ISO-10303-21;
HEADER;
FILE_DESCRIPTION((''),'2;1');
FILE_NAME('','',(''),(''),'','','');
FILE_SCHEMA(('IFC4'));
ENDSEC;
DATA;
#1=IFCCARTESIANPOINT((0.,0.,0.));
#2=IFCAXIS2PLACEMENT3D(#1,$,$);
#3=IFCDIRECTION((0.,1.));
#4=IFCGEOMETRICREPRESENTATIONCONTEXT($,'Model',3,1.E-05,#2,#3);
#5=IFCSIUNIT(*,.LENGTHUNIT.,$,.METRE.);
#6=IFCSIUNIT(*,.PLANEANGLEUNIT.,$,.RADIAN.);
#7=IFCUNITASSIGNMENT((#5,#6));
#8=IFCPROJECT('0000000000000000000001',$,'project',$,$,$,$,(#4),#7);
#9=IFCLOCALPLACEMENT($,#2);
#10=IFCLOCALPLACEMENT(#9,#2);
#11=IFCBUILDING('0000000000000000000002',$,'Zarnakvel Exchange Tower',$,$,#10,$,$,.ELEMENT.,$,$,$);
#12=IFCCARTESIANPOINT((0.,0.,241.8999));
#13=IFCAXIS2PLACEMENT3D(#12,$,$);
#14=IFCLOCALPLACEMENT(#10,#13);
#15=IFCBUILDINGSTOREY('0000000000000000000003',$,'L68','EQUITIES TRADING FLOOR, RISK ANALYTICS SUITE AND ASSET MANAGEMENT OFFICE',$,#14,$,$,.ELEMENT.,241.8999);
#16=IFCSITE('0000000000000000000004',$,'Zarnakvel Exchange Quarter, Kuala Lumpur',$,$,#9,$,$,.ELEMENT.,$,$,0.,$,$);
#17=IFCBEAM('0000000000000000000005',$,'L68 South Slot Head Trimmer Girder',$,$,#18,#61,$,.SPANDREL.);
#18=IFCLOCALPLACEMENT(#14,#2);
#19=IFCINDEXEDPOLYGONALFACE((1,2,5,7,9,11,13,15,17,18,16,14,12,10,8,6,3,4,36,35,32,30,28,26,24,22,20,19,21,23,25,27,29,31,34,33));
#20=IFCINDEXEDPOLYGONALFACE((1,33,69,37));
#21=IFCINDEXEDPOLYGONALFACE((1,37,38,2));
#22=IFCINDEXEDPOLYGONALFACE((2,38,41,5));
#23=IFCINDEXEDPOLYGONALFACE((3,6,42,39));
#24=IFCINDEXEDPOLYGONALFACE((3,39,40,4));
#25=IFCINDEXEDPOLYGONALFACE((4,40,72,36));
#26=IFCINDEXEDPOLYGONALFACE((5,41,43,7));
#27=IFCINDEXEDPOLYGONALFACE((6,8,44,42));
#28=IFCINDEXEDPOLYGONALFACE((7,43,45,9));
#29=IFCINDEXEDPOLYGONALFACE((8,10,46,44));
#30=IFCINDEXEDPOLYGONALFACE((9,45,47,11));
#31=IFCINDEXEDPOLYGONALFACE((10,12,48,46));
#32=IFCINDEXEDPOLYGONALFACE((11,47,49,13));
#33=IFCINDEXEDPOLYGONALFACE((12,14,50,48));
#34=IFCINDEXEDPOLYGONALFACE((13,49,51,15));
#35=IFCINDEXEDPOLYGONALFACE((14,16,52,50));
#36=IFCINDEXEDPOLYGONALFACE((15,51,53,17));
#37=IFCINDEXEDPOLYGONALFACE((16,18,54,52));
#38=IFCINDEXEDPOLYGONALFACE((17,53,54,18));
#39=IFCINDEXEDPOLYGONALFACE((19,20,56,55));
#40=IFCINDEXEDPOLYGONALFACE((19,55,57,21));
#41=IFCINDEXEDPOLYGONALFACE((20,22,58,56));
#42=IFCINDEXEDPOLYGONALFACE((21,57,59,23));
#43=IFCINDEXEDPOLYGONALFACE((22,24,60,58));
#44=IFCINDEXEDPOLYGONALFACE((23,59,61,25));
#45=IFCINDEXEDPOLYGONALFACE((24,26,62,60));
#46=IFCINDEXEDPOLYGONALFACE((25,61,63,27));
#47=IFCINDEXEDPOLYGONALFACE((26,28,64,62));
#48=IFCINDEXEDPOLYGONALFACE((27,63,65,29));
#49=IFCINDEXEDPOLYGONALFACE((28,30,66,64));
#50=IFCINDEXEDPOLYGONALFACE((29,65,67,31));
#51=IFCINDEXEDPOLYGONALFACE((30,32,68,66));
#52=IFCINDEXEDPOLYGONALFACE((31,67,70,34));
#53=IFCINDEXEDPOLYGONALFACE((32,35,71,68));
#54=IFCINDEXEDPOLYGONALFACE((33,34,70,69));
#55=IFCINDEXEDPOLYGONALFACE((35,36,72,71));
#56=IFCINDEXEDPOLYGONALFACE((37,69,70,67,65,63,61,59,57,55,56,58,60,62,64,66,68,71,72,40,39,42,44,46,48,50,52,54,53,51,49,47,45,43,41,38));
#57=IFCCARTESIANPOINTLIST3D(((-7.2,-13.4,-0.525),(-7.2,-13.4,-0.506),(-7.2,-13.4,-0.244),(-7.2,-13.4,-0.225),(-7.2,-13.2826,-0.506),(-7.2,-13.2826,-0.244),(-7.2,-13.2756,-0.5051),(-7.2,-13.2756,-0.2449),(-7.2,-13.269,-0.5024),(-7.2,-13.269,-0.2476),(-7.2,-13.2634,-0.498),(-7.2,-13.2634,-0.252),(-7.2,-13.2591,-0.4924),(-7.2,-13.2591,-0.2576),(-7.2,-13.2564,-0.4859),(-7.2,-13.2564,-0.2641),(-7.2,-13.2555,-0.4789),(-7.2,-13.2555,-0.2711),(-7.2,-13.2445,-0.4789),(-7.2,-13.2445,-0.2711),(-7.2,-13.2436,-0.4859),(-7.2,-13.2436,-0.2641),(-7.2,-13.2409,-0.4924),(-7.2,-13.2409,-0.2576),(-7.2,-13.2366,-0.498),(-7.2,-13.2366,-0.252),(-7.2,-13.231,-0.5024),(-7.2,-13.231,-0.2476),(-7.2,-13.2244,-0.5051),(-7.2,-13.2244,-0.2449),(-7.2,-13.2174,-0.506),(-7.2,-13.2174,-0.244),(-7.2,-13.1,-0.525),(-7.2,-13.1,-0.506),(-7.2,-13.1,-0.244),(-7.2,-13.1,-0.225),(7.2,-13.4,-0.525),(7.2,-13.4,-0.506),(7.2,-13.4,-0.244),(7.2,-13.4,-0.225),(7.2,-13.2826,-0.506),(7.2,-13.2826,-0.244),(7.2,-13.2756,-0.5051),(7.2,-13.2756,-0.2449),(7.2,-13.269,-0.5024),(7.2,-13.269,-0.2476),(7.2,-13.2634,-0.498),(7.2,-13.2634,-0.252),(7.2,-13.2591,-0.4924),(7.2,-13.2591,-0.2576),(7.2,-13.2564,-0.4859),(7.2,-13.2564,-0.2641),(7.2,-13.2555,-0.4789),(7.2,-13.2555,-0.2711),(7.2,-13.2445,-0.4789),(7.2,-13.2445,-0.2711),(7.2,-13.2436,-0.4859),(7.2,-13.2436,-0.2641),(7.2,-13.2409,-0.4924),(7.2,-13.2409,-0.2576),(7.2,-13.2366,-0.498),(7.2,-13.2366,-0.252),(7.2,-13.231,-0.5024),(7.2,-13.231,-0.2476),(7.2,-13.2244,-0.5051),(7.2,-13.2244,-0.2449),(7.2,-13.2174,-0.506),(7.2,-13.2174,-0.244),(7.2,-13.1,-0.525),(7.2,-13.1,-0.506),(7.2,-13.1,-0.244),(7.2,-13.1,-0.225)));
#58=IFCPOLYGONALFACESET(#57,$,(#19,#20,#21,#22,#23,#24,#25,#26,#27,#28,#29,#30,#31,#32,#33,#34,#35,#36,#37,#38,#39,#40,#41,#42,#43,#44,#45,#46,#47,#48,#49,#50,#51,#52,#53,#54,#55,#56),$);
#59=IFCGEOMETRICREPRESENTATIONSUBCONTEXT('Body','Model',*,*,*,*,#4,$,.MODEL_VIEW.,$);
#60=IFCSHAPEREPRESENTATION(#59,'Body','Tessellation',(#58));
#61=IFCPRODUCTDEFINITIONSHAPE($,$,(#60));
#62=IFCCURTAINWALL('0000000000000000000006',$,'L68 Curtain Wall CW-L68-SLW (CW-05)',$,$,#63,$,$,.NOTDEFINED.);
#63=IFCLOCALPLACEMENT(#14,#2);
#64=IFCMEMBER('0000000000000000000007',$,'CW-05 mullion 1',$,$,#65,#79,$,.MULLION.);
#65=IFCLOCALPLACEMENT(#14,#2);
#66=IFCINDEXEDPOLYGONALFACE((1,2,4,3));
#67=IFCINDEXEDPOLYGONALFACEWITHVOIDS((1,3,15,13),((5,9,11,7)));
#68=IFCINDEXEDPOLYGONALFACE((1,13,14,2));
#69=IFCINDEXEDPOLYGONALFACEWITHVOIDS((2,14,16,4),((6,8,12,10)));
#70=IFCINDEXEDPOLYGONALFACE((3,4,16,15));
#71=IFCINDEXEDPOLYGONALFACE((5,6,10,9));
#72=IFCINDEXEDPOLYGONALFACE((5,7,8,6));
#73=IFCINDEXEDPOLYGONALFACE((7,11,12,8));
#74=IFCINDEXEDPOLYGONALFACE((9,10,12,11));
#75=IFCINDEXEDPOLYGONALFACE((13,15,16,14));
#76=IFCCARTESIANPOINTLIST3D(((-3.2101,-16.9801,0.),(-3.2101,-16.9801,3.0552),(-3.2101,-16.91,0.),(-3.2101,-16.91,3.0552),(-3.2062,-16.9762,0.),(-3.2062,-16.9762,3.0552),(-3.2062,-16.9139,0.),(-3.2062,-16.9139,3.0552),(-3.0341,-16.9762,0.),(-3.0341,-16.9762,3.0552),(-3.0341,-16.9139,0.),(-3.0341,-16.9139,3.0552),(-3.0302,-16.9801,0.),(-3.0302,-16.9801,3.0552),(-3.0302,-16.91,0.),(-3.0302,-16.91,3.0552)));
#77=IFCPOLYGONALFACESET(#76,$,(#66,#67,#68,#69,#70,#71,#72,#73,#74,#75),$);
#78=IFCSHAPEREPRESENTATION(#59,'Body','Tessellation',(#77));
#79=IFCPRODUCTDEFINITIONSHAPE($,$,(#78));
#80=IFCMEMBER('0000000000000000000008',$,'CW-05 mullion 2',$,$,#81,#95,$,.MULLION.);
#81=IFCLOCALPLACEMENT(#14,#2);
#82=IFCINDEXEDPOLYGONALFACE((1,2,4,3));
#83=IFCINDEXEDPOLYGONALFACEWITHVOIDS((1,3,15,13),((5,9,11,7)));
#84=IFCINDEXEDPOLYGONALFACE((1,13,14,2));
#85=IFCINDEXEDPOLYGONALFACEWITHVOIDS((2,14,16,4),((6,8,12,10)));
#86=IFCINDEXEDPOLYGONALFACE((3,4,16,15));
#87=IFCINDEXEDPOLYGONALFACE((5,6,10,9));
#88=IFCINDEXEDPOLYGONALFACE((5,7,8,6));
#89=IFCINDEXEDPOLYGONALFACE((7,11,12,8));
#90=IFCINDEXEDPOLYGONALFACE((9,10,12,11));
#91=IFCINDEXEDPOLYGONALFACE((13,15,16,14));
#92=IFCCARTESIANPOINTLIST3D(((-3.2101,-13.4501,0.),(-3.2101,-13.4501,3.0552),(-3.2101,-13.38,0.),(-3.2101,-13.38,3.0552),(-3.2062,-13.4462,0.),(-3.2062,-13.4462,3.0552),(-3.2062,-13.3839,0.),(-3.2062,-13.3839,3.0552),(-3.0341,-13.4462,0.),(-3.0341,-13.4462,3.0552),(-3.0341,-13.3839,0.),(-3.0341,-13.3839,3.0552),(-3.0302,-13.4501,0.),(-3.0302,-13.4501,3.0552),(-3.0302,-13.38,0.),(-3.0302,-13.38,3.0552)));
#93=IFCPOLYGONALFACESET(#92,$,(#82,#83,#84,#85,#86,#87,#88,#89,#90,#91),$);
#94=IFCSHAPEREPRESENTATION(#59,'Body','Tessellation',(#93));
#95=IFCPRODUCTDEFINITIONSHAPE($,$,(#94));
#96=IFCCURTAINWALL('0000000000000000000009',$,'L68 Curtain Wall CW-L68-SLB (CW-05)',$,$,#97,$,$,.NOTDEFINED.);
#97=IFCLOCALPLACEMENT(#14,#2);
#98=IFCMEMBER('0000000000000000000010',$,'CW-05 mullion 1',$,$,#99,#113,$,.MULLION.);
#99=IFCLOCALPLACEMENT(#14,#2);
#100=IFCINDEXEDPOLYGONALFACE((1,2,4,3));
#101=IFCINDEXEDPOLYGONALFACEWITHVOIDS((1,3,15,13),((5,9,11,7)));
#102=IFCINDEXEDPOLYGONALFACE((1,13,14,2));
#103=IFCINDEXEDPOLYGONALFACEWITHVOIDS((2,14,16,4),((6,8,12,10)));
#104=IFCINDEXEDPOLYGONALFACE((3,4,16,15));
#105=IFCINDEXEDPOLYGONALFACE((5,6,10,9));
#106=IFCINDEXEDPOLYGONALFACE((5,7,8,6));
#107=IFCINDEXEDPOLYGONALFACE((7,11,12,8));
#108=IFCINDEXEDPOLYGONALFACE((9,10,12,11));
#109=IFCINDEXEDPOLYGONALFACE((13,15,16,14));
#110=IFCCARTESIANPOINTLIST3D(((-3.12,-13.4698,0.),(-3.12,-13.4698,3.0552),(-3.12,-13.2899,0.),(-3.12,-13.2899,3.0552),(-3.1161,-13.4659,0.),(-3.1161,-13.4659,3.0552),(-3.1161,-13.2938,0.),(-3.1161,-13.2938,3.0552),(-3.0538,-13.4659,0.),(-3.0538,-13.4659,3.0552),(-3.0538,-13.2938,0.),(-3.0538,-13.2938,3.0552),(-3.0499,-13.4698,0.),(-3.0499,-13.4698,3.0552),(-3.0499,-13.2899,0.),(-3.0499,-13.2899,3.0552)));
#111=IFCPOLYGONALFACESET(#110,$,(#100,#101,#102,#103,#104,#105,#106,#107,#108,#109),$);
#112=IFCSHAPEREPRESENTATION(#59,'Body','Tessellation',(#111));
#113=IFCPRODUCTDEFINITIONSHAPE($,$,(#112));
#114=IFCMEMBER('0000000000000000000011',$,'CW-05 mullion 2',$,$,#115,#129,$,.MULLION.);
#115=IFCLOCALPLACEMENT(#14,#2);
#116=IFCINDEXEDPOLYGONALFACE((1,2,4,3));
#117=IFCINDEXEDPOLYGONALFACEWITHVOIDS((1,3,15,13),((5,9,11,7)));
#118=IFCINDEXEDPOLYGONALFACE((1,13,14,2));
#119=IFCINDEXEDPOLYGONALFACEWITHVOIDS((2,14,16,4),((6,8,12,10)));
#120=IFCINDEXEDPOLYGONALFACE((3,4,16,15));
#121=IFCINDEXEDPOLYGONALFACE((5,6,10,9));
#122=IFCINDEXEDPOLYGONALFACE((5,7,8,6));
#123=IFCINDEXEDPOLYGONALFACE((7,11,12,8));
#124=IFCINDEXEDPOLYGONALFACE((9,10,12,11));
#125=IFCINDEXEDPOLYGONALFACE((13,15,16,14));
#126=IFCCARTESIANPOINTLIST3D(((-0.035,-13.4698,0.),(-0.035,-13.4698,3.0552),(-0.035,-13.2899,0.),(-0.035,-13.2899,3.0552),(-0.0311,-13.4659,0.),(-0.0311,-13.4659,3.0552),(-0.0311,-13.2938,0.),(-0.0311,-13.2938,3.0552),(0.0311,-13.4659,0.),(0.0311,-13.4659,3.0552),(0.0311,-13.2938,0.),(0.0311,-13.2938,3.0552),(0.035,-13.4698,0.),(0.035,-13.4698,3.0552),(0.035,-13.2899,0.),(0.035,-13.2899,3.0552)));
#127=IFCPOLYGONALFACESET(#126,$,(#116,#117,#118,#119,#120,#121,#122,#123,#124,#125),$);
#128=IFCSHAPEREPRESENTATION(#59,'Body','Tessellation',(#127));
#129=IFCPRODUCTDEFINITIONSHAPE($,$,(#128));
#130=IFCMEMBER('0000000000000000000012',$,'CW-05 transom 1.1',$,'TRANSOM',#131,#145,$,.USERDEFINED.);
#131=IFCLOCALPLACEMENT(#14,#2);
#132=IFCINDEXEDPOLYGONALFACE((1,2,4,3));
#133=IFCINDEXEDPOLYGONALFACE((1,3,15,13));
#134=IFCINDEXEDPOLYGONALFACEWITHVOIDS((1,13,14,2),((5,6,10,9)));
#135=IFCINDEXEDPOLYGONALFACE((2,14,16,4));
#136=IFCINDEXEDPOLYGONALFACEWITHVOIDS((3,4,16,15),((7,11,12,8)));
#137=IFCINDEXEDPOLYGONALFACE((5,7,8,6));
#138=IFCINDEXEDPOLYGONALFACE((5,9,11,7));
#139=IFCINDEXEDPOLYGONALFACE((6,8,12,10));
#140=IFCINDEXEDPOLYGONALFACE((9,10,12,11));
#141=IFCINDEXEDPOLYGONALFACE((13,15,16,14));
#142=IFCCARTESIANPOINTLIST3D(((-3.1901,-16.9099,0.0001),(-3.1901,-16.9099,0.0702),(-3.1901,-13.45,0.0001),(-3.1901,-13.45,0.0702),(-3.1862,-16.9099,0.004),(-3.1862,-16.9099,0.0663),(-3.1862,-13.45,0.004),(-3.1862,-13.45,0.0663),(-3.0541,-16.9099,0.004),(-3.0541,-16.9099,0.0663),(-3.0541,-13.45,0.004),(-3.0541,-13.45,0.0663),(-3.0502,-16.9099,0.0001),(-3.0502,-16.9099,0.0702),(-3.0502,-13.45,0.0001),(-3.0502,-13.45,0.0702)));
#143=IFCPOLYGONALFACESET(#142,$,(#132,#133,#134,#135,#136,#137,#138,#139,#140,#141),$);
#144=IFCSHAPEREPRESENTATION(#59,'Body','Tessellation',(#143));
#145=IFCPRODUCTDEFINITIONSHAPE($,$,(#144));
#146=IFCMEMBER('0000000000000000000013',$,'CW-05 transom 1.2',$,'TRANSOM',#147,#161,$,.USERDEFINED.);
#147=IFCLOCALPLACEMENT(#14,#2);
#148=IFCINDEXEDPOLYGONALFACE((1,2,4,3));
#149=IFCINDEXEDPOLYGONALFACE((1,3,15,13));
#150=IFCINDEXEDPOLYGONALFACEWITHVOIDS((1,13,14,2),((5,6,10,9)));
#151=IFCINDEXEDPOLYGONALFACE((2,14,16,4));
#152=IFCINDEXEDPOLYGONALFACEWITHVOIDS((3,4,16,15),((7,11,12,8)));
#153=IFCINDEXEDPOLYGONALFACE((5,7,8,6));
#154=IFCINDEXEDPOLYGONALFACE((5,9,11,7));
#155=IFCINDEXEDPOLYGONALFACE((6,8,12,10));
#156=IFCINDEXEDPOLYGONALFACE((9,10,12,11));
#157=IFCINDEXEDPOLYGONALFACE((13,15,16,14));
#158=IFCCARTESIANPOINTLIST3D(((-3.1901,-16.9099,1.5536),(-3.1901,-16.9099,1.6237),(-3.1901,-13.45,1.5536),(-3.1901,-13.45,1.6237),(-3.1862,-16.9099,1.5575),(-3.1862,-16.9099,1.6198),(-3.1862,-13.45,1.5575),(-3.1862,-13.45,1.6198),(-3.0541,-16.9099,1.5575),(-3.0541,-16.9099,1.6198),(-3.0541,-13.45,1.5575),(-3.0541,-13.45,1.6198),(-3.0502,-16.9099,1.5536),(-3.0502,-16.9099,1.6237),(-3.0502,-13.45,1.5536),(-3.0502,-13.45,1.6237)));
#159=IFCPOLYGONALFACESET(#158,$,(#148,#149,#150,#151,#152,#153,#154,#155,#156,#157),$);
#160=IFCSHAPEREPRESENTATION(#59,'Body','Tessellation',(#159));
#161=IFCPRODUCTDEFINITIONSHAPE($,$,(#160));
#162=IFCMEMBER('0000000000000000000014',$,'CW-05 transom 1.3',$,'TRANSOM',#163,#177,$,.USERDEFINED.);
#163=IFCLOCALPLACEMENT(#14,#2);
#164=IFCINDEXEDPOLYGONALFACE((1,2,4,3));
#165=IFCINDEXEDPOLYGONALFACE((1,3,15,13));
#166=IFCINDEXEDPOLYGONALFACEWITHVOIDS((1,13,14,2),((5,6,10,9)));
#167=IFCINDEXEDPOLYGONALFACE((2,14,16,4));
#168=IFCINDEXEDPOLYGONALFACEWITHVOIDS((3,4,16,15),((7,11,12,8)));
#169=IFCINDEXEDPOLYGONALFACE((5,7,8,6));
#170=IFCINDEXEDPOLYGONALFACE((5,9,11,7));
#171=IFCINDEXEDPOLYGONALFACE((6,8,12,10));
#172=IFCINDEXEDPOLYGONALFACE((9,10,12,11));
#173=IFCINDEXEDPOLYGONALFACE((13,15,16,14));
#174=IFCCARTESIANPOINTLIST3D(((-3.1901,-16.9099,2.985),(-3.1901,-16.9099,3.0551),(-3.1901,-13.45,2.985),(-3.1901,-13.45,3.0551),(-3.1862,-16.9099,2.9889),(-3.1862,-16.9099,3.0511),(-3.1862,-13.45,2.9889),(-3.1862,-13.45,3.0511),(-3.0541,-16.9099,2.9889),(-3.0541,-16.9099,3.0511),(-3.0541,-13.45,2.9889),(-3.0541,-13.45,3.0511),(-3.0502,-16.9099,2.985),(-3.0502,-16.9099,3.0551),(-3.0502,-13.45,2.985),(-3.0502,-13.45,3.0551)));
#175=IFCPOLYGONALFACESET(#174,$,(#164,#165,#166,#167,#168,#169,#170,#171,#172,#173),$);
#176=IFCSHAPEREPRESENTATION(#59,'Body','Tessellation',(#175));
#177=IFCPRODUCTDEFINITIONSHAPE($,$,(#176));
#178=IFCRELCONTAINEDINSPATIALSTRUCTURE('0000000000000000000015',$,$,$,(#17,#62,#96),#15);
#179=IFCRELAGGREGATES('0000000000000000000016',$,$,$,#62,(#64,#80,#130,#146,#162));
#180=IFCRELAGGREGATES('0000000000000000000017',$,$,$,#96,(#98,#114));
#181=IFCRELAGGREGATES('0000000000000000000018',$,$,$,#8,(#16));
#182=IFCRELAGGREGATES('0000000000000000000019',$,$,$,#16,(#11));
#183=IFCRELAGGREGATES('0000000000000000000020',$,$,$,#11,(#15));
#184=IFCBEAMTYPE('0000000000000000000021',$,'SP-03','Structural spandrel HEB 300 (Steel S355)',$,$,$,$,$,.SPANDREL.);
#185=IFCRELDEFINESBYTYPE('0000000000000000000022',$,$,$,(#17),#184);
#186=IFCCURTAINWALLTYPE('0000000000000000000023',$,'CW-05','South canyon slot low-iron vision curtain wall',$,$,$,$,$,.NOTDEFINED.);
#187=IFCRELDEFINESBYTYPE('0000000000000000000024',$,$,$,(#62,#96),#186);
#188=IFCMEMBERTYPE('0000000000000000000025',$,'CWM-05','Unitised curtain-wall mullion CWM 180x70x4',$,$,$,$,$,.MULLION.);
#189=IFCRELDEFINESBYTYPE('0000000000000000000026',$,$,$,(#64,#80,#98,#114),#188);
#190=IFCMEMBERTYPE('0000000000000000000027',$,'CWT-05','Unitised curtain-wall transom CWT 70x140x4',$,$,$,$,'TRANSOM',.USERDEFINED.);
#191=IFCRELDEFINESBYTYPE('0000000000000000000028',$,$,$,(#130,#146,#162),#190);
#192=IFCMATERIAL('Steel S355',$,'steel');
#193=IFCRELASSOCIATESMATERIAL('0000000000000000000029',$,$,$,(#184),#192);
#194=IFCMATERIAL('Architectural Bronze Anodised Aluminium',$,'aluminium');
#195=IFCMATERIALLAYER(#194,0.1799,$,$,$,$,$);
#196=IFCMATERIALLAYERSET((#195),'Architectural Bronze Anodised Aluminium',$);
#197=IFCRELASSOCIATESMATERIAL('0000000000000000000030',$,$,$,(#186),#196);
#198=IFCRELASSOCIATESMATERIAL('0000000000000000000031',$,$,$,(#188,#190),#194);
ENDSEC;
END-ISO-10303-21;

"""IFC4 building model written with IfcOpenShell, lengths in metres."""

from ifc_helpers import new_model, si_unit, direction, frame, origin, origin_2d, place, context, subcontext, project, spatial, hollow_rectangle, i_section, extrude, source, transform, mapped, material, layer, layer_set, material_profile, profile_set, type_object, element, aggregate, save


model = new_model("IFC4")

# Units and contexts
model_context = context("Model", 3, precision=1e-05, world=origin(), true_north=direction((0.0, 1.0)))
body_context = subcontext(model_context, "Body", "Model", "MODEL_VIEW")
ifc_project = project(units=[si_unit("LENGTHUNIT", "METRE"), si_unit("PLANEANGLEUNIT", "RADIAN")], contexts=[model_context])

# Site, building, storey
site_placement = place(None, origin())
site = spatial("IfcSite", under=ifc_project, at=site_placement, Name="Zarnakvel Exchange Quarter, Kuala Lumpur", CompositionType="ELEMENT", RefElevation=0.0)
building_placement = place(site_placement, origin())
building = spatial("IfcBuilding", under=site, at=building_placement, Name="Zarnakvel Exchange Tower", CompositionType="ELEMENT")
storey_placement = place(building_placement, frame((0.0, 0.0, 241.8999)))
storey = spatial("IfcBuildingStorey", under=building, at=storey_placement, Name="L68", Description="EQUITIES TRADING FLOOR, RISK ANALYTICS SUITE AND ASSET MANAGEMENT OFFICE", CompositionType="ELEMENT", Elevation=241.8999)

# Beam
ifc_material_1 = material(Name="Steel S355", Category="steel")
ifc_material_profile_1 = material_profile(ifc_material_1, i_section(OverallWidth=0.3, OverallDepth=0.3, WebThickness=0.011, FlangeThickness=0.019, FilletRadius=0.0271, at=origin_2d()))
ifc_profile_set_1 = profile_set([ifc_material_profile_1], Name="Steel S355")
beam_type_1 = type_object("IfcBeamType", Name="SP-03", Description="Structural spandrel HEB 300 (Steel S355)", PredefinedType="SPANDREL", material=ifc_profile_set_1)
beam_1_placement = place(storey_placement, frame((-7.2, -13.25, -0.375), z_axis=(1.0, 0.0, 0.0), x_axis=(0.0, 1.0, 0.0)))
element("IfcBeam", 1, at=beam_1_placement, inside=storey, type_object=beam_type_1, Name="L68 South Slot Head Trimmer Girder", PredefinedType="SPANDREL", context=body_context, shape_type="SweptSolid", body=[
    extrude(i_section(OverallWidth=0.3, OverallDepth=0.3, WebThickness=0.011, FlangeThickness=0.019, FilletRadius=0.0271, at=origin_2d()), origin(), (0.0, 0.0, 1.0), 14.3999),
])

# Curtain walls, members
ifc_material_2 = material(Name="Architectural Bronze Anodised Aluminium", Category="aluminium")
ifc_layer_1 = layer(ifc_material_2, 0.1799)
ifc_layer_set_1 = layer_set([ifc_layer_1], Name="Architectural Bronze Anodised Aluminium")
curtain_wall_type = type_object("IfcCurtainWallType", Name="CW-05", Description="South canyon slot low-iron vision curtain wall", PredefinedType="NOTDEFINED", material=ifc_layer_set_1)
curtain_wall_1_placement = place(storey_placement, origin())
curtain_wall_1 = element("IfcCurtainWall", 2, at=curtain_wall_1_placement, inside=storey, type_object=curtain_wall_type, Name="L68 Curtain Wall CW-L68-SLW (CW-05)", PredefinedType="NOTDEFINED")
ifc_material_profile_2 = material_profile(ifc_material_2, hollow_rectangle(XDim=0.1799, YDim=0.0701, WallThickness=0.0039, at=origin_2d()))
ifc_profile_set_2 = profile_set([ifc_material_profile_2], Name="Architectural Bronze Anodised Aluminium")
member_type_1 = type_object("IfcMemberType", Name="CWM-05", Description="Unitised curtain-wall mullion CWM 180x70x4", PredefinedType="MULLION", material=ifc_profile_set_2)
shared_shape_1 = source(origin(), body_context, "Body", "SweptSolid", [
    extrude(hollow_rectangle(XDim=0.1799, YDim=0.0701, WallThickness=0.0039, at=origin_2d()), origin(), (0.0, 0.0, 1.0), 3.0552),
])
member_1_placement = place(storey_placement, frame((-3.1201, -16.9451, 0.0), z_axis=(0.0, 0.0, 1.0), x_axis=(-1.0, 0.0, 0.0)))
member_1 = element("IfcMember", 3, at=member_1_placement, type_object=member_type_1, Name="CW-05 mullion 1", PredefinedType="MULLION", context=body_context, shape_type="MappedRepresentation", body=[
    mapped(shared_shape_1, transform((0.0, 0.0, 0.0), x_axis=(1.0, 0.0, 0.0), y_axis=(0.0, 1.0, 0.0), z_axis=(0.0, 0.0, 1.0), scale=1.0)),
])
member_2_placement = place(storey_placement, frame((-3.1201, -13.415, 0.0), z_axis=(0.0, 0.0, 1.0), x_axis=(-1.0, 0.0, 0.0)))
member_2 = element("IfcMember", 4, at=member_2_placement, type_object=member_type_1, Name="CW-05 mullion 2", PredefinedType="MULLION", context=body_context, shape_type="MappedRepresentation", body=[
    mapped(shared_shape_1, transform((0.0, 0.0, 0.0), x_axis=(1.0, 0.0, 0.0), y_axis=(0.0, 1.0, 0.0), z_axis=(0.0, 0.0, 1.0), scale=1.0)),
])
curtain_wall_2_placement = place(storey_placement, origin())
curtain_wall_2 = element("IfcCurtainWall", 5, at=curtain_wall_2_placement, inside=storey, type_object=curtain_wall_type, Name="L68 Curtain Wall CW-L68-SLB (CW-05)", PredefinedType="NOTDEFINED")
member_3_placement = place(storey_placement, frame((-3.085, -13.3799, 0.0), z_axis=(0.0, 0.0, 1.0), x_axis=(0.0, 1.0, 0.0)))
member_3 = element("IfcMember", 6, at=member_3_placement, type_object=member_type_1, Name="CW-05 mullion 1", PredefinedType="MULLION", context=body_context, shape_type="MappedRepresentation", body=[
    mapped(shared_shape_1, transform((0.0, 0.0, 0.0), x_axis=(1.0, 0.0, 0.0), y_axis=(0.0, 1.0, 0.0), z_axis=(0.0, 0.0, 1.0), scale=1.0)),
])
member_4_placement = place(storey_placement, frame((0.0, -13.3799, 0.0), z_axis=(0.0, 0.0, 1.0), x_axis=(0.0, 1.0, 0.0)))
member_4 = element("IfcMember", 7, at=member_4_placement, type_object=member_type_1, Name="CW-05 mullion 2", PredefinedType="MULLION", context=body_context, shape_type="MappedRepresentation", body=[
    mapped(shared_shape_1, transform((0.0, 0.0, 0.0), x_axis=(1.0, 0.0, 0.0), y_axis=(0.0, 1.0, 0.0), z_axis=(0.0, 0.0, 1.0), scale=1.0)),
])

# Members
ifc_material_profile_3 = material_profile(ifc_material_2, hollow_rectangle(XDim=0.1399, YDim=0.0701, WallThickness=0.0039, at=origin_2d()))
ifc_profile_set_3 = profile_set([ifc_material_profile_3], Name="Architectural Bronze Anodised Aluminium")
member_type_2 = type_object("IfcMemberType", Name="CWT-05", Description="Unitised curtain-wall transom CWT 70x140x4", ElementType="TRANSOM", PredefinedType="USERDEFINED", material=ifc_profile_set_3)
shared_shape_2 = source(origin(), body_context, "Body", "SweptSolid", [
    extrude(hollow_rectangle(XDim=0.1399, YDim=0.0701, WallThickness=0.0039, at=origin_2d()), origin(), (0.0, 0.0, 1.0), 3.46),
])
member_5_placement = place(storey_placement, frame((-3.1201, -16.9099, 0.0352), z_axis=(0.0, 1.0, 0.0), x_axis=(-1.0, 0.0, 0.0)))
member_5 = element("IfcMember", 8, at=member_5_placement, type_object=member_type_2, Name="CW-05 transom 1.1", ObjectType="TRANSOM", PredefinedType="USERDEFINED", context=body_context, shape_type="MappedRepresentation", body=[
    mapped(shared_shape_2, transform((0.0, 0.0, 0.0), x_axis=(1.0, 0.0, 0.0), y_axis=(0.0, 1.0, 0.0), z_axis=(0.0, 0.0, 1.0), scale=1.0)),
])
member_6_placement = place(storey_placement, frame((-3.1201, -16.9099, 1.5886), z_axis=(0.0, 1.0, 0.0), x_axis=(-1.0, 0.0, 0.0)))
member_6 = element("IfcMember", 9, at=member_6_placement, type_object=member_type_2, Name="CW-05 transom 1.2", ObjectType="TRANSOM", PredefinedType="USERDEFINED", context=body_context, shape_type="MappedRepresentation", body=[
    mapped(shared_shape_2, transform((0.0, 0.0, 0.0), x_axis=(1.0, 0.0, 0.0), y_axis=(0.0, 1.0, 0.0), z_axis=(0.0, 0.0, 1.0), scale=1.0)),
])
member_7_placement = place(storey_placement, frame((-3.1201, -16.9099, 3.02), z_axis=(0.0, 1.0, 0.0), x_axis=(-1.0, 0.0, 0.0)))
member_7 = element("IfcMember", 10, at=member_7_placement, type_object=member_type_2, Name="CW-05 transom 1.3", ObjectType="TRANSOM", PredefinedType="USERDEFINED", context=body_context, shape_type="MappedRepresentation", body=[
    mapped(shared_shape_2, transform((0.0, 0.0, 0.0), x_axis=(1.0, 0.0, 0.0), y_axis=(0.0, 1.0, 0.0), z_axis=(0.0, 0.0, 1.0), scale=1.0)),
])

aggregate(curtain_wall_1, [member_1, member_2, member_5, member_6, member_7])
aggregate(curtain_wall_2, [member_3, member_4])

save(model, "model.ifc")
